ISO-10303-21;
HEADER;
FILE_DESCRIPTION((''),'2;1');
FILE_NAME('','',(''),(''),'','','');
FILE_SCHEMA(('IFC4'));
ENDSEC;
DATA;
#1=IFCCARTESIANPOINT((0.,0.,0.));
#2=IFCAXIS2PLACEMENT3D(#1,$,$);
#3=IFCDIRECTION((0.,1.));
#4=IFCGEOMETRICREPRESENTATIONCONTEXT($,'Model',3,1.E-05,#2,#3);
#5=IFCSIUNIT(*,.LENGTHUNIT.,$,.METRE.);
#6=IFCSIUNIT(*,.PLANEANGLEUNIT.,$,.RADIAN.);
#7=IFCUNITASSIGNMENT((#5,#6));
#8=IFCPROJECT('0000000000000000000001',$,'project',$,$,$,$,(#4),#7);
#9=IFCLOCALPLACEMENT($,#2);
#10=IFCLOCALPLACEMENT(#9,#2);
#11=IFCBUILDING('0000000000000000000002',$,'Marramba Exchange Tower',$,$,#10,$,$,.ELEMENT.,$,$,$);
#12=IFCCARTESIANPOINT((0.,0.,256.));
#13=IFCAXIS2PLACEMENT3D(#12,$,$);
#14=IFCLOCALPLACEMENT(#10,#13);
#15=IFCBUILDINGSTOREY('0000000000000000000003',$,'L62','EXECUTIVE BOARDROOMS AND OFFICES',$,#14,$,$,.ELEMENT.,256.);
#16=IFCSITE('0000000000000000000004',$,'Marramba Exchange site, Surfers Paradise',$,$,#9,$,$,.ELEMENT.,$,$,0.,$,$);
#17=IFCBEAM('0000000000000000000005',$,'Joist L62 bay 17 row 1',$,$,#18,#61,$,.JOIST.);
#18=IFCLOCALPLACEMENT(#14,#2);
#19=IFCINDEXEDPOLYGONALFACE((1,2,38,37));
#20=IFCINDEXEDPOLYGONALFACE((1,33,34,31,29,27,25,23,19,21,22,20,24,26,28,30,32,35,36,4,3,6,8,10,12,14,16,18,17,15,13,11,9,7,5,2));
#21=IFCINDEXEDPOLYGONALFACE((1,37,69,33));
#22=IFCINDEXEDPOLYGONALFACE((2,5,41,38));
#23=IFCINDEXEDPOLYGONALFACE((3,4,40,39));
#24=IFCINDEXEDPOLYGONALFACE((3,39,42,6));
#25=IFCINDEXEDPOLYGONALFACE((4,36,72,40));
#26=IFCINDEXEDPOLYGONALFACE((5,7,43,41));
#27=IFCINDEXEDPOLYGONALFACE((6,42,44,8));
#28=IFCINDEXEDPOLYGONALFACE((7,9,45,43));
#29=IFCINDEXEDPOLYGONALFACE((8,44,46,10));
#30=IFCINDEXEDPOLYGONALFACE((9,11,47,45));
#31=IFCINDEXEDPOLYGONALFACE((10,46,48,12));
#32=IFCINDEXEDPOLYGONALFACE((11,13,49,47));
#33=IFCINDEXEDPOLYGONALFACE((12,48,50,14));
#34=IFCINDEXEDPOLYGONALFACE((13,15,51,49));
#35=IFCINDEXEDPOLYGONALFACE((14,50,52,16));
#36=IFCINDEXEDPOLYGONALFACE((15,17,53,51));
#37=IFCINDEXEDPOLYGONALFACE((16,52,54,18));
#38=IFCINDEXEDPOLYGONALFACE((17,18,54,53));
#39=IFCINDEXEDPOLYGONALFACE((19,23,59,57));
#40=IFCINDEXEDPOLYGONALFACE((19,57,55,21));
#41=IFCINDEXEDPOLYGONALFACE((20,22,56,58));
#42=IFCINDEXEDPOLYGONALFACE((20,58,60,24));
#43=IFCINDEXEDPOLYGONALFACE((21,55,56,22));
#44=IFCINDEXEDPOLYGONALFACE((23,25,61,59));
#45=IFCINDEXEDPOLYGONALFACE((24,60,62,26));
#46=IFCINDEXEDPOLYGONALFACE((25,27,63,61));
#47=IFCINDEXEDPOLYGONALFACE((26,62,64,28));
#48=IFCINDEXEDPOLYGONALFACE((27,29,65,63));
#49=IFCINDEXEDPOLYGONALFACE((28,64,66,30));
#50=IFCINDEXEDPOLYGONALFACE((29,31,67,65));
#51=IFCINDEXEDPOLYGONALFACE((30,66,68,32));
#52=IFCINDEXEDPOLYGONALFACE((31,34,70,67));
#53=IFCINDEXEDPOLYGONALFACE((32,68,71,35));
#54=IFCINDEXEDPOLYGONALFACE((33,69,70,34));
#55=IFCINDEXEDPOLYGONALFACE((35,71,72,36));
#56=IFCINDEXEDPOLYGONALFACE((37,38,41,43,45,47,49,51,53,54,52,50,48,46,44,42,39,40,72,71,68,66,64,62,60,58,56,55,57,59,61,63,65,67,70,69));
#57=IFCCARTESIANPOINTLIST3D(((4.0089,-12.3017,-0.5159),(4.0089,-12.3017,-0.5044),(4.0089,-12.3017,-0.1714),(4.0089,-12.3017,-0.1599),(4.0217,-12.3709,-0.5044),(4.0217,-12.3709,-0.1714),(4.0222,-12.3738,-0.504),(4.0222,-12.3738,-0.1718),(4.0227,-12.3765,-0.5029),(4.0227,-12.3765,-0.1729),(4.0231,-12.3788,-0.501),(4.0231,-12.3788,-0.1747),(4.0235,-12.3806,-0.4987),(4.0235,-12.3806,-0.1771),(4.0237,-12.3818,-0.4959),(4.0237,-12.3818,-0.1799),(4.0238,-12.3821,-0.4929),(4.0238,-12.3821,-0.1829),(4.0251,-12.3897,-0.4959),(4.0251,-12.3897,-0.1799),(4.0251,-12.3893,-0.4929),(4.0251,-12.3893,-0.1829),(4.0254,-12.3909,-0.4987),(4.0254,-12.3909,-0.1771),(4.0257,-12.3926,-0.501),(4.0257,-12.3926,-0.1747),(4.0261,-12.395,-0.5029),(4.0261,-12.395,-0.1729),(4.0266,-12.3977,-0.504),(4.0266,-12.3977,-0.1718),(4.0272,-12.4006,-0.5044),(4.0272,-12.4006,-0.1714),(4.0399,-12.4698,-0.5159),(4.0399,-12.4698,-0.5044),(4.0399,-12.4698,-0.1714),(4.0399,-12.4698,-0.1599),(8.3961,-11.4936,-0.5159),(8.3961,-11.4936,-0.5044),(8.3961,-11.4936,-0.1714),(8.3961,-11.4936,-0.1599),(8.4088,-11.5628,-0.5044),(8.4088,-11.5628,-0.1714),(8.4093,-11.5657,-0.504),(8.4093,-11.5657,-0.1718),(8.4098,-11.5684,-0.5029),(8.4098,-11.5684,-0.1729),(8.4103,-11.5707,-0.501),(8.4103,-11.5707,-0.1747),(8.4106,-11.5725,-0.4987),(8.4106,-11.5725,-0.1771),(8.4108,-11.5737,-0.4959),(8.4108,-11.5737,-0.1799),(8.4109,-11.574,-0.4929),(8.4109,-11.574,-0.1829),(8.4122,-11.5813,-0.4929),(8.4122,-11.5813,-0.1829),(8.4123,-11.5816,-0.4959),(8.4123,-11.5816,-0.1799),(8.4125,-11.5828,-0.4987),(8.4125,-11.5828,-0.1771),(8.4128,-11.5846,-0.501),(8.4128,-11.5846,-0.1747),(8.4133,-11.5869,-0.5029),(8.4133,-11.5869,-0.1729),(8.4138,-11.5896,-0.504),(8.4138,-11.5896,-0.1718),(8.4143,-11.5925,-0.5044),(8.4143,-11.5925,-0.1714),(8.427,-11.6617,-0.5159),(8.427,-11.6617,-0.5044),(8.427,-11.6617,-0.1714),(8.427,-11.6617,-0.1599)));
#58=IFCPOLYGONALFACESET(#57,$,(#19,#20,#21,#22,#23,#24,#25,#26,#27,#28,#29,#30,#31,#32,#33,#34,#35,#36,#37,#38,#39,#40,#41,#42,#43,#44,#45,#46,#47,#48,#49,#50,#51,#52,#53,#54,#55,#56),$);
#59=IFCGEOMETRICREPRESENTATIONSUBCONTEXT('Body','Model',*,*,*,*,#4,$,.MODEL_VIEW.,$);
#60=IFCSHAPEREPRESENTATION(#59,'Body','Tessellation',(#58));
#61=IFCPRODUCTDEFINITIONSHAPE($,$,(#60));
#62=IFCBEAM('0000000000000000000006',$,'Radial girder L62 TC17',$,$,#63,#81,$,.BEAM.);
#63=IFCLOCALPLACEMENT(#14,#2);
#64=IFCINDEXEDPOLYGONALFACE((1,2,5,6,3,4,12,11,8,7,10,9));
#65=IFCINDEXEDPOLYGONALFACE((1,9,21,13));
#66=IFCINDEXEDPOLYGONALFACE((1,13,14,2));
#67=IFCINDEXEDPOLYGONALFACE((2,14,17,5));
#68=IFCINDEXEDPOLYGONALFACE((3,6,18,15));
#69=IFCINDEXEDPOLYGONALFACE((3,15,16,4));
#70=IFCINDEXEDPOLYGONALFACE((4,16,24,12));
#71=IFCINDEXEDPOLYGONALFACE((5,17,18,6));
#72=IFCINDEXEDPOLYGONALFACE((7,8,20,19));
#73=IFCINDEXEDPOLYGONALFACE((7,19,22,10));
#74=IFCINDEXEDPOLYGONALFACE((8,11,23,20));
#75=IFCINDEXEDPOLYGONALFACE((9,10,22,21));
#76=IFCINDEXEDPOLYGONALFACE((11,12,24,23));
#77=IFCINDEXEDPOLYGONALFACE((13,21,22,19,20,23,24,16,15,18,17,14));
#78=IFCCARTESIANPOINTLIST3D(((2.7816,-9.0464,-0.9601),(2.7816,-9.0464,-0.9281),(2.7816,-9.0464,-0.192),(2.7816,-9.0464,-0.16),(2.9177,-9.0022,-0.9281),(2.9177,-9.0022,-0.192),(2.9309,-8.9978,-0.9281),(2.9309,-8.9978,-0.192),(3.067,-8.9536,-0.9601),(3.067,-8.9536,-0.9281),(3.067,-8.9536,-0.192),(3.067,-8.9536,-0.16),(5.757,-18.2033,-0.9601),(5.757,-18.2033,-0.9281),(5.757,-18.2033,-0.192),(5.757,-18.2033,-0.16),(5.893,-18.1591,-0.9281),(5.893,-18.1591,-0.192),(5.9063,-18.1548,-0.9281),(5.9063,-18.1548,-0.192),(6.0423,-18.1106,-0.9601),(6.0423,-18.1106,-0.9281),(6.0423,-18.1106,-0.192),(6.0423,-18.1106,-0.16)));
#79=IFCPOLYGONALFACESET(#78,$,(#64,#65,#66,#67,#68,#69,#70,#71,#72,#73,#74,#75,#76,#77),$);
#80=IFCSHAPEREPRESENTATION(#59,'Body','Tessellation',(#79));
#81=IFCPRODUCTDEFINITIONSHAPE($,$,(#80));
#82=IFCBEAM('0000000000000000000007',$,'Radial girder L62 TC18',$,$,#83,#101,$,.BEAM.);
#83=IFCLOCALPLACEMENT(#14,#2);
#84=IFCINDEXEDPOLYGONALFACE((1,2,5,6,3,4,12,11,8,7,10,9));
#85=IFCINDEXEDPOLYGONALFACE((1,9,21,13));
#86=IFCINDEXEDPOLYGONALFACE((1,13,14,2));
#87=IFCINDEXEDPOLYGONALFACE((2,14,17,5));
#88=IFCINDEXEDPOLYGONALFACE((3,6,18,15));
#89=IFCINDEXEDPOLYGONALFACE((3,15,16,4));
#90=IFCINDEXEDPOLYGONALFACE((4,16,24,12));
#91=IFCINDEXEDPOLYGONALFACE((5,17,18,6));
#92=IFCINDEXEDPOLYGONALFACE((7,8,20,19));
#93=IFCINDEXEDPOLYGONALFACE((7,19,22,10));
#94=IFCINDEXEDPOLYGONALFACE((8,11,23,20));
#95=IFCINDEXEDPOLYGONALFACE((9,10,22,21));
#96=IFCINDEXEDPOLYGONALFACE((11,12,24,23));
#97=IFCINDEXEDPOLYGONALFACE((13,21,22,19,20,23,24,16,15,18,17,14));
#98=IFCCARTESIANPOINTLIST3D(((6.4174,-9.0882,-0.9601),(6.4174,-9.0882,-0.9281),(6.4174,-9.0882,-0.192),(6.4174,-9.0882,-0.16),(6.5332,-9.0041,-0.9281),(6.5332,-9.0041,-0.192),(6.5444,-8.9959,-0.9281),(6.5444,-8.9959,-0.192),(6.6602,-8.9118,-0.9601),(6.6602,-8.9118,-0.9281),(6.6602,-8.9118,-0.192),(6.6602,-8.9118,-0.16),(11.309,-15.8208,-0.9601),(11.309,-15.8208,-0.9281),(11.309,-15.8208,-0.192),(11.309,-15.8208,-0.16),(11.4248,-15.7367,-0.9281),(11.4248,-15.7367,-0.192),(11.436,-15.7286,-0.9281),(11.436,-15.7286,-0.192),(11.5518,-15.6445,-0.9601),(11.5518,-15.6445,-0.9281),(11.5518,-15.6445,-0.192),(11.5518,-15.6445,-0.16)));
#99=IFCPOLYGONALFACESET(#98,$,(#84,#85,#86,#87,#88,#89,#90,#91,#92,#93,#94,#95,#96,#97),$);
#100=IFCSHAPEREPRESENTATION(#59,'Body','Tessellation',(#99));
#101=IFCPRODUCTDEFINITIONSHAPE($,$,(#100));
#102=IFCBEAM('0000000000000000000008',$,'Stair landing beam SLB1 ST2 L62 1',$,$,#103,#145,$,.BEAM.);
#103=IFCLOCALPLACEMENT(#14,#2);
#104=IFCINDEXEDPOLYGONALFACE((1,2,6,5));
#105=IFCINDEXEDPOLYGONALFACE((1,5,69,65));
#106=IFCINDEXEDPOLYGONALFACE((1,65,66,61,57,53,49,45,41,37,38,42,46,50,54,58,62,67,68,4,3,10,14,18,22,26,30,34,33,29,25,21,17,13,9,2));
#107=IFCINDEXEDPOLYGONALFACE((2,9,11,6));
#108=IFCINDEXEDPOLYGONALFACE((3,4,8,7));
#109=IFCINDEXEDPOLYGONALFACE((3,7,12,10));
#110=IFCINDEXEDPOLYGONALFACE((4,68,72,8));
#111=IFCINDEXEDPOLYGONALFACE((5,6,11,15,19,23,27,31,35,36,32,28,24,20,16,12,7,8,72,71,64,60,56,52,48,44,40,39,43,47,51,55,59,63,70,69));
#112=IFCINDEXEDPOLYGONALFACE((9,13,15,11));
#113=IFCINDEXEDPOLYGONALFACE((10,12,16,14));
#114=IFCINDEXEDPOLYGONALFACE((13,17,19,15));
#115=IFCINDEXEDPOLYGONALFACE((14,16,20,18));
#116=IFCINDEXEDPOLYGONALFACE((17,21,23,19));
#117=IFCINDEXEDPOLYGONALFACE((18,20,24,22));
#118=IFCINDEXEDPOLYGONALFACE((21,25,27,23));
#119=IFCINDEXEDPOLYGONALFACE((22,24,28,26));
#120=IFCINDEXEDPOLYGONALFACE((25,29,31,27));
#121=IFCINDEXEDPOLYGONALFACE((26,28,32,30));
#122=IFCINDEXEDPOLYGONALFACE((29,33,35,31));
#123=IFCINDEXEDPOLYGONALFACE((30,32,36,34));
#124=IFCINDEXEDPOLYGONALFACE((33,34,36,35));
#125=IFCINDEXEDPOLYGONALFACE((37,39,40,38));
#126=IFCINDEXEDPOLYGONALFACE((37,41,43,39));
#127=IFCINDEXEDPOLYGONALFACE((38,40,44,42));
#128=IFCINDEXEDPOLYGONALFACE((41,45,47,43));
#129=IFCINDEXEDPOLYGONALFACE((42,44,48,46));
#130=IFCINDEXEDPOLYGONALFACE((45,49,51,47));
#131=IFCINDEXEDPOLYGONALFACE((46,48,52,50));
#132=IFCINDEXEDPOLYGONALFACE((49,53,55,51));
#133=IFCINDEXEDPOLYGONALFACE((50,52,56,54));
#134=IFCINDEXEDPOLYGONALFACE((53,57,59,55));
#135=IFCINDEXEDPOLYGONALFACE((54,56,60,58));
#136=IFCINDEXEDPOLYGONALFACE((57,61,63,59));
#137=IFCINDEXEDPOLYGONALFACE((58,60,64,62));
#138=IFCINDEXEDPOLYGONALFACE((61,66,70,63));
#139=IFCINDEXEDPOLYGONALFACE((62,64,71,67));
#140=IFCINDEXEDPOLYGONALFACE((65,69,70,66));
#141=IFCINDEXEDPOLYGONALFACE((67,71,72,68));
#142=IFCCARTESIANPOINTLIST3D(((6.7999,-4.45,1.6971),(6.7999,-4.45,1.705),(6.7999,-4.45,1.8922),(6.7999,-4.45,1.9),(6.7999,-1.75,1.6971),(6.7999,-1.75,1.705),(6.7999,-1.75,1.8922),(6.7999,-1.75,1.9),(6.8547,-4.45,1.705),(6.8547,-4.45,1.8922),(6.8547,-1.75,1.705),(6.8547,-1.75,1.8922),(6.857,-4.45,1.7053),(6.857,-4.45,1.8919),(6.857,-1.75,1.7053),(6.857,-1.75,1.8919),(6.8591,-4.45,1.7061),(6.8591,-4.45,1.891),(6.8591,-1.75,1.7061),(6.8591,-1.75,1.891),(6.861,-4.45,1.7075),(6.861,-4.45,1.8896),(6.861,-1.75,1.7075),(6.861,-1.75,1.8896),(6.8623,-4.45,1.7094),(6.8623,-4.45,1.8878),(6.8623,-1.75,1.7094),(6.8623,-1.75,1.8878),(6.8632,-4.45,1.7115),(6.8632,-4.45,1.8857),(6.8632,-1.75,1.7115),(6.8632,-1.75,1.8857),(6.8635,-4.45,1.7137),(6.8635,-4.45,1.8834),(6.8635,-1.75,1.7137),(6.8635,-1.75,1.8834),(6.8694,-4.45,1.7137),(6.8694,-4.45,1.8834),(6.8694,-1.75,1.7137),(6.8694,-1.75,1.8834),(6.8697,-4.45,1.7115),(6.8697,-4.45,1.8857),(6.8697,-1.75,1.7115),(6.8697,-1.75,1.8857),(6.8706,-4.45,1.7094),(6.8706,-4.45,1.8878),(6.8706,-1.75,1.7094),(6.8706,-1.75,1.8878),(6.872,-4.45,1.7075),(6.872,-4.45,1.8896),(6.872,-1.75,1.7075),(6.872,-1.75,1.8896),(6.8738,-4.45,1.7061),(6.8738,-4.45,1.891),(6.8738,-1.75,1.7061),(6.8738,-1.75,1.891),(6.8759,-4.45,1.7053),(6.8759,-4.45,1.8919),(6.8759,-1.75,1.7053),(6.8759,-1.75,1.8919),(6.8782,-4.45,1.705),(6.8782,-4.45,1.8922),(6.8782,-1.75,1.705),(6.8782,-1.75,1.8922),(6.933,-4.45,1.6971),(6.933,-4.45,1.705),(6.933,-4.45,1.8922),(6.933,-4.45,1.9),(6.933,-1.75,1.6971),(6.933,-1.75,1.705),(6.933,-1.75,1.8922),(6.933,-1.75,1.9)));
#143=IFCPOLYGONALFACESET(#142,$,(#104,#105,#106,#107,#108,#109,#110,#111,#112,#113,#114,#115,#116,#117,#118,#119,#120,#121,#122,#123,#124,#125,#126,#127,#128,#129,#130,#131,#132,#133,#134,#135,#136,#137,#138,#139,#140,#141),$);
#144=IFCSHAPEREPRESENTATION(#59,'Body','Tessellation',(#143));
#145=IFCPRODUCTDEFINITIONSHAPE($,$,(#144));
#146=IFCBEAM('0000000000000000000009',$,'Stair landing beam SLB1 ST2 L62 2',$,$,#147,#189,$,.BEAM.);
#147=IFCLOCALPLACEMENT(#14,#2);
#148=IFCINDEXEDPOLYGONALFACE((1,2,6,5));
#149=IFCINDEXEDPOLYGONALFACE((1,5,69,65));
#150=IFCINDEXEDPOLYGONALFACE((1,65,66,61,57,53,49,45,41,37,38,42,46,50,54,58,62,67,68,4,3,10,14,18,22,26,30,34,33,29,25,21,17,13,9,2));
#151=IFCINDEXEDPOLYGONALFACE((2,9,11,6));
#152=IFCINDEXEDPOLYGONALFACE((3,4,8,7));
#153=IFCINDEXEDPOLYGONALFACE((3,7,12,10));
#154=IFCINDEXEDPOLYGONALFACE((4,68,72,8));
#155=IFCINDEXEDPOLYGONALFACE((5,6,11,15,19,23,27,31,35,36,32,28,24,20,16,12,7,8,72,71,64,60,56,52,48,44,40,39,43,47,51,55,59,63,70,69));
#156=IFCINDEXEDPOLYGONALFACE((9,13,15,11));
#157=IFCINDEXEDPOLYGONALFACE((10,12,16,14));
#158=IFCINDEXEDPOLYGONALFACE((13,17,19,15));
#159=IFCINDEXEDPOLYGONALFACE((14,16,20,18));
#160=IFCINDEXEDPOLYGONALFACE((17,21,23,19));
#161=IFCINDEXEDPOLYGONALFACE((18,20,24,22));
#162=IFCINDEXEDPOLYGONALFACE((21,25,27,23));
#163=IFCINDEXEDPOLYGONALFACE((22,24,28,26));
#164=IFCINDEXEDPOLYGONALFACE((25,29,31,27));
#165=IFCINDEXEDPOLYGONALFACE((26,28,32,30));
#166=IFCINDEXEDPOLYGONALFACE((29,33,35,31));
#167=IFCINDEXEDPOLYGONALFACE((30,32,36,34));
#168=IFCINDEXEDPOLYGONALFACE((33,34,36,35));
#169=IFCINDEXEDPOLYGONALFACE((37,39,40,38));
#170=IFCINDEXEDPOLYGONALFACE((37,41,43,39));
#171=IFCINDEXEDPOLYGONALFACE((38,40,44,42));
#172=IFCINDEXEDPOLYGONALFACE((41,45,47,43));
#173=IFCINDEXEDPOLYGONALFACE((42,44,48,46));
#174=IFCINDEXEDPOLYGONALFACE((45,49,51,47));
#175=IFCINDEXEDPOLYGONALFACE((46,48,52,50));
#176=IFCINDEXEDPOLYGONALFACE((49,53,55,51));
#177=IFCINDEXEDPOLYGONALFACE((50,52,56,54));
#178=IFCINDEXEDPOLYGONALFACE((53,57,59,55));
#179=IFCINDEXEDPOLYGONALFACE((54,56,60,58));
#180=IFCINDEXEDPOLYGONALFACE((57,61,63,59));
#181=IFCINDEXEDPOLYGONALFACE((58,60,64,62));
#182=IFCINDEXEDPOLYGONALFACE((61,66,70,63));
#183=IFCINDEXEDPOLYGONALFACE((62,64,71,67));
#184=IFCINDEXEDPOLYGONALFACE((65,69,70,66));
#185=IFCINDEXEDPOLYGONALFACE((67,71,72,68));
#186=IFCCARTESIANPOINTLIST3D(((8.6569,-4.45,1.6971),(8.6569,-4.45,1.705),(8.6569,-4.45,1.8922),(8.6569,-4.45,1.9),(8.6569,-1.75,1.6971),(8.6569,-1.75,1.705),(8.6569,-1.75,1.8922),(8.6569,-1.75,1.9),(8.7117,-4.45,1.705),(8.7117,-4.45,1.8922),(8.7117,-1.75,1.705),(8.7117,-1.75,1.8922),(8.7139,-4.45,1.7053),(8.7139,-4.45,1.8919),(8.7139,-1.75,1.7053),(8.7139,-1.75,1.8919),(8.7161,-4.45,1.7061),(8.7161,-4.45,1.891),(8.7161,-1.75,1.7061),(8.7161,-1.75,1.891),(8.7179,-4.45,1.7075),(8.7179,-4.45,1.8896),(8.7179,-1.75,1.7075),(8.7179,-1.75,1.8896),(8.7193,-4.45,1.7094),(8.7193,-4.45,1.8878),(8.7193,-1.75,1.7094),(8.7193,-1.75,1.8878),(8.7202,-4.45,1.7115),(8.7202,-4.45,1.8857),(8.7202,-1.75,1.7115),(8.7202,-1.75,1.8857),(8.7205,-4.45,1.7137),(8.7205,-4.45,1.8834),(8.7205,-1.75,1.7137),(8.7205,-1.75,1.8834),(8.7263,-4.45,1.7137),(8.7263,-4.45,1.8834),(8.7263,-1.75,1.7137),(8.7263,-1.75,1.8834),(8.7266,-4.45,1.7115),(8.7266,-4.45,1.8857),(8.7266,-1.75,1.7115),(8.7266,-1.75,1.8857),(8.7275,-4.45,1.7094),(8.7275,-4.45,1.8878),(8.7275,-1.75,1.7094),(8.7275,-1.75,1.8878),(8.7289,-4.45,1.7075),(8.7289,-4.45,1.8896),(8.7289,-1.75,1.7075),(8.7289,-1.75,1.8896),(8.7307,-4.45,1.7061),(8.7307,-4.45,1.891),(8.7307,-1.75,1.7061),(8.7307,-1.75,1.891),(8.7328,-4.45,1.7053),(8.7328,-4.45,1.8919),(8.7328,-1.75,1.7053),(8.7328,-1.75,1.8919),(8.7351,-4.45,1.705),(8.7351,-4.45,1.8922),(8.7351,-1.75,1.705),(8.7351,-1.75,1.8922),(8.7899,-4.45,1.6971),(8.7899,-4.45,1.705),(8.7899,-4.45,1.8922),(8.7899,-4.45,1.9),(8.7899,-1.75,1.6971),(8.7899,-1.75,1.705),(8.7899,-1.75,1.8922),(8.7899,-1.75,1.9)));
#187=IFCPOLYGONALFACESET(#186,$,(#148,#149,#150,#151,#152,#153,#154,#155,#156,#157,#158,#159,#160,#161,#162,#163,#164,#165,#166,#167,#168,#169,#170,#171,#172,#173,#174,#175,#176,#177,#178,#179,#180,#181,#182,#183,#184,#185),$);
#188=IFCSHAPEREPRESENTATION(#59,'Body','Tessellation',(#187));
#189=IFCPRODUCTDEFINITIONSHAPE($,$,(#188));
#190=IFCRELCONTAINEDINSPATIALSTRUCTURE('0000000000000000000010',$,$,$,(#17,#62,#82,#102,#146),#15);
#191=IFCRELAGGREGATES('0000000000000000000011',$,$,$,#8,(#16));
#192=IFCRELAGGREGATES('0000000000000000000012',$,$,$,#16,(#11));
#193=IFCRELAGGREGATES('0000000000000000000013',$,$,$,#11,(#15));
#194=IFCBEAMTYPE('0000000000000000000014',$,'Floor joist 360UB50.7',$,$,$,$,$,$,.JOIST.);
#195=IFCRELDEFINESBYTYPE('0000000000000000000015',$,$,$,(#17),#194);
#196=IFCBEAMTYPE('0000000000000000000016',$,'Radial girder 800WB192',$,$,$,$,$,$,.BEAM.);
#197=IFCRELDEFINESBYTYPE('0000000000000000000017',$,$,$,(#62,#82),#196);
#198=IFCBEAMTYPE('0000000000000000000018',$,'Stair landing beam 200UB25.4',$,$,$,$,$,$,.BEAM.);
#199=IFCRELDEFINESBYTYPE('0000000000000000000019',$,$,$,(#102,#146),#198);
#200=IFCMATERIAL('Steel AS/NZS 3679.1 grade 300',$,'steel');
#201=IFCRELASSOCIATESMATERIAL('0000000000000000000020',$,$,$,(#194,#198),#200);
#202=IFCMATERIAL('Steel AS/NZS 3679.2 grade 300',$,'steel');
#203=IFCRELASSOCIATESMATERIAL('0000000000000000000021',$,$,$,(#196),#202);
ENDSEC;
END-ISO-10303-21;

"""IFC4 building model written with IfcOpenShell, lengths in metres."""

from ifc_helpers import new_model, si_unit, direction, frame, origin, origin_2d, place, context, subcontext, project, spatial, i_section, extrude, material, material_profile, profile_set, type_object, element, save


model = new_model("IFC4")

# Units and contexts
model_context = context("Model", 3, precision=1e-05, world=origin(), true_north=direction((0.0, 1.0)))
body_context = subcontext(model_context, "Body", "Model", "MODEL_VIEW")
ifc_project = project(units=[si_unit("LENGTHUNIT", "METRE"), si_unit("PLANEANGLEUNIT", "RADIAN")], contexts=[model_context])

# Site, building, storey
site_placement = place(None, origin())
site = spatial("IfcSite", under=ifc_project, at=site_placement, Name="Marramba Exchange site, Surfers Paradise", CompositionType="ELEMENT", RefElevation=0.0)
building_placement = place(site_placement, origin())
building = spatial("IfcBuilding", under=site, at=building_placement, Name="Marramba Exchange Tower", CompositionType="ELEMENT")
storey_placement = place(building_placement, frame((0.0, 0.0, 256.0)))
storey = spatial("IfcBuildingStorey", under=building, at=storey_placement, Name="L62", Description="EXECUTIVE BOARDROOMS AND OFFICES", CompositionType="ELEMENT", Elevation=256.0)

# Beams
ifc_material_1 = material(Name="Steel AS/NZS 3679.1 grade 300", Category="steel")
ifc_material_profile_1 = material_profile(ifc_material_1, i_section(OverallWidth=0.1709, OverallDepth=0.356, WebThickness=0.0073, FlangeThickness=0.0115, FilletRadius=0.0115, at=origin_2d()), Name="360UB50.7")
ifc_profile_set_1 = profile_set([ifc_material_profile_1], Name="Steel AS/NZS 3679.1 grade 300")
beam_type_1 = type_object("IfcBeamType", Name="Floor joist 360UB50.7", PredefinedType="JOIST", material=ifc_profile_set_1)
beam_1_placement = place(storey_placement, frame((4.0244, -12.3857, -0.3379), z_axis=(0.983456, 0.181149, 0.0), x_axis=(-0.181149, 0.983456, 0.0)))
element("IfcBeam", 1, at=beam_1_placement, inside=storey, type_object=beam_type_1, Name="Joist L62 bay 17 row 1", PredefinedType="JOIST", context=body_context, shape_type="SweptSolid", body=[
    extrude(i_section(OverallWidth=0.1709, OverallDepth=0.356, WebThickness=0.0073, FlangeThickness=0.0115, FilletRadius=0.0115, at=origin_2d()), origin(), (0.0, 0.0, 1.0), 4.4609),
])
ifc_material_2 = material(Name="Steel AS/NZS 3679.2 grade 300", Category="steel")
ifc_material_profile_2 = material_profile(ifc_material_2, i_section(OverallWidth=0.3, OverallDepth=0.8, WebThickness=0.0139, FlangeThickness=0.032, at=origin_2d()), Name="800WB192")
ifc_profile_set_2 = profile_set([ifc_material_profile_2], Name="Steel AS/NZS 3679.2 grade 300")
beam_type_2 = type_object("IfcBeamType", Name="Radial girder 800WB192", PredefinedType="BEAM", material=ifc_profile_set_2)
beam_2_placement = place(storey_placement, frame((2.9243, -9.0, -0.5601), z_axis=(0.309022, -0.951055, 0.0), x_axis=(0.951055, 0.309022, 0.0)))
element("IfcBeam", 2, at=beam_2_placement, inside=storey, type_object=beam_type_2, Name="Radial girder L62 TC17", PredefinedType="BEAM", context=body_context, shape_type="SweptSolid", body=[
    extrude(i_section(OverallWidth=0.3, OverallDepth=0.8, WebThickness=0.0139, FlangeThickness=0.032, at=origin_2d()), origin(), (0.0, 0.0, 1.0), 9.6282),
])
beam_3_placement = place(storey_placement, frame((6.5388, -9.0, -0.5601), z_axis=(0.587788, -0.809015, 0.0), x_axis=(0.809015, 0.587788, 0.0)))
element("IfcBeam", 3, at=beam_3_placement, inside=storey, type_object=beam_type_2, Name="Radial girder L62 TC18", PredefinedType="BEAM", context=body_context, shape_type="SweptSolid", body=[
    extrude(i_section(OverallWidth=0.3, OverallDepth=0.8, WebThickness=0.0139, FlangeThickness=0.032, at=origin_2d()), origin(), (0.0, 0.0, 1.0), 8.322),
])
ifc_material_profile_3 = material_profile(ifc_material_1, i_section(OverallWidth=0.1331, OverallDepth=0.2029, WebThickness=0.0059, FlangeThickness=0.0078, FilletRadius=0.0088, at=origin_2d()), Name="200UB25.4")
ifc_profile_set_3 = profile_set([ifc_material_profile_3], Name="Steel AS/NZS 3679.1 grade 300")
beam_type_3 = type_object("IfcBeamType", Name="Stair landing beam 200UB25.4", PredefinedType="BEAM", material=ifc_profile_set_3)
for number, where, z_axis, x_axis, name in (
    (4, (6.8665, -4.45, 1.7986), (0.0, 1.0, 0.0), (-1.0, 0.0, 0.0), "Stair landing beam SLB1 ST2 L62 1"),
    (5, (8.7234, -4.45, 1.7986), (0.0, 1.0, 0.0), (-1.0, 0.0, 0.0), "Stair landing beam SLB1 ST2 L62 2"),
):
    element("IfcBeam", number, at=place(storey_placement, frame(where, z_axis=z_axis, x_axis=x_axis)), inside=storey, type_object=beam_type_3, Name=name, PredefinedType="BEAM", context=body_context, shape_type="SweptSolid", body=[
        extrude(i_section(OverallWidth=0.1331, OverallDepth=0.2029, WebThickness=0.0059, FlangeThickness=0.0078, FilletRadius=0.0088, at=origin_2d()), origin(), (0.0, 0.0, 1.0), 2.7),
    ])

save(model, "model.ifc")
